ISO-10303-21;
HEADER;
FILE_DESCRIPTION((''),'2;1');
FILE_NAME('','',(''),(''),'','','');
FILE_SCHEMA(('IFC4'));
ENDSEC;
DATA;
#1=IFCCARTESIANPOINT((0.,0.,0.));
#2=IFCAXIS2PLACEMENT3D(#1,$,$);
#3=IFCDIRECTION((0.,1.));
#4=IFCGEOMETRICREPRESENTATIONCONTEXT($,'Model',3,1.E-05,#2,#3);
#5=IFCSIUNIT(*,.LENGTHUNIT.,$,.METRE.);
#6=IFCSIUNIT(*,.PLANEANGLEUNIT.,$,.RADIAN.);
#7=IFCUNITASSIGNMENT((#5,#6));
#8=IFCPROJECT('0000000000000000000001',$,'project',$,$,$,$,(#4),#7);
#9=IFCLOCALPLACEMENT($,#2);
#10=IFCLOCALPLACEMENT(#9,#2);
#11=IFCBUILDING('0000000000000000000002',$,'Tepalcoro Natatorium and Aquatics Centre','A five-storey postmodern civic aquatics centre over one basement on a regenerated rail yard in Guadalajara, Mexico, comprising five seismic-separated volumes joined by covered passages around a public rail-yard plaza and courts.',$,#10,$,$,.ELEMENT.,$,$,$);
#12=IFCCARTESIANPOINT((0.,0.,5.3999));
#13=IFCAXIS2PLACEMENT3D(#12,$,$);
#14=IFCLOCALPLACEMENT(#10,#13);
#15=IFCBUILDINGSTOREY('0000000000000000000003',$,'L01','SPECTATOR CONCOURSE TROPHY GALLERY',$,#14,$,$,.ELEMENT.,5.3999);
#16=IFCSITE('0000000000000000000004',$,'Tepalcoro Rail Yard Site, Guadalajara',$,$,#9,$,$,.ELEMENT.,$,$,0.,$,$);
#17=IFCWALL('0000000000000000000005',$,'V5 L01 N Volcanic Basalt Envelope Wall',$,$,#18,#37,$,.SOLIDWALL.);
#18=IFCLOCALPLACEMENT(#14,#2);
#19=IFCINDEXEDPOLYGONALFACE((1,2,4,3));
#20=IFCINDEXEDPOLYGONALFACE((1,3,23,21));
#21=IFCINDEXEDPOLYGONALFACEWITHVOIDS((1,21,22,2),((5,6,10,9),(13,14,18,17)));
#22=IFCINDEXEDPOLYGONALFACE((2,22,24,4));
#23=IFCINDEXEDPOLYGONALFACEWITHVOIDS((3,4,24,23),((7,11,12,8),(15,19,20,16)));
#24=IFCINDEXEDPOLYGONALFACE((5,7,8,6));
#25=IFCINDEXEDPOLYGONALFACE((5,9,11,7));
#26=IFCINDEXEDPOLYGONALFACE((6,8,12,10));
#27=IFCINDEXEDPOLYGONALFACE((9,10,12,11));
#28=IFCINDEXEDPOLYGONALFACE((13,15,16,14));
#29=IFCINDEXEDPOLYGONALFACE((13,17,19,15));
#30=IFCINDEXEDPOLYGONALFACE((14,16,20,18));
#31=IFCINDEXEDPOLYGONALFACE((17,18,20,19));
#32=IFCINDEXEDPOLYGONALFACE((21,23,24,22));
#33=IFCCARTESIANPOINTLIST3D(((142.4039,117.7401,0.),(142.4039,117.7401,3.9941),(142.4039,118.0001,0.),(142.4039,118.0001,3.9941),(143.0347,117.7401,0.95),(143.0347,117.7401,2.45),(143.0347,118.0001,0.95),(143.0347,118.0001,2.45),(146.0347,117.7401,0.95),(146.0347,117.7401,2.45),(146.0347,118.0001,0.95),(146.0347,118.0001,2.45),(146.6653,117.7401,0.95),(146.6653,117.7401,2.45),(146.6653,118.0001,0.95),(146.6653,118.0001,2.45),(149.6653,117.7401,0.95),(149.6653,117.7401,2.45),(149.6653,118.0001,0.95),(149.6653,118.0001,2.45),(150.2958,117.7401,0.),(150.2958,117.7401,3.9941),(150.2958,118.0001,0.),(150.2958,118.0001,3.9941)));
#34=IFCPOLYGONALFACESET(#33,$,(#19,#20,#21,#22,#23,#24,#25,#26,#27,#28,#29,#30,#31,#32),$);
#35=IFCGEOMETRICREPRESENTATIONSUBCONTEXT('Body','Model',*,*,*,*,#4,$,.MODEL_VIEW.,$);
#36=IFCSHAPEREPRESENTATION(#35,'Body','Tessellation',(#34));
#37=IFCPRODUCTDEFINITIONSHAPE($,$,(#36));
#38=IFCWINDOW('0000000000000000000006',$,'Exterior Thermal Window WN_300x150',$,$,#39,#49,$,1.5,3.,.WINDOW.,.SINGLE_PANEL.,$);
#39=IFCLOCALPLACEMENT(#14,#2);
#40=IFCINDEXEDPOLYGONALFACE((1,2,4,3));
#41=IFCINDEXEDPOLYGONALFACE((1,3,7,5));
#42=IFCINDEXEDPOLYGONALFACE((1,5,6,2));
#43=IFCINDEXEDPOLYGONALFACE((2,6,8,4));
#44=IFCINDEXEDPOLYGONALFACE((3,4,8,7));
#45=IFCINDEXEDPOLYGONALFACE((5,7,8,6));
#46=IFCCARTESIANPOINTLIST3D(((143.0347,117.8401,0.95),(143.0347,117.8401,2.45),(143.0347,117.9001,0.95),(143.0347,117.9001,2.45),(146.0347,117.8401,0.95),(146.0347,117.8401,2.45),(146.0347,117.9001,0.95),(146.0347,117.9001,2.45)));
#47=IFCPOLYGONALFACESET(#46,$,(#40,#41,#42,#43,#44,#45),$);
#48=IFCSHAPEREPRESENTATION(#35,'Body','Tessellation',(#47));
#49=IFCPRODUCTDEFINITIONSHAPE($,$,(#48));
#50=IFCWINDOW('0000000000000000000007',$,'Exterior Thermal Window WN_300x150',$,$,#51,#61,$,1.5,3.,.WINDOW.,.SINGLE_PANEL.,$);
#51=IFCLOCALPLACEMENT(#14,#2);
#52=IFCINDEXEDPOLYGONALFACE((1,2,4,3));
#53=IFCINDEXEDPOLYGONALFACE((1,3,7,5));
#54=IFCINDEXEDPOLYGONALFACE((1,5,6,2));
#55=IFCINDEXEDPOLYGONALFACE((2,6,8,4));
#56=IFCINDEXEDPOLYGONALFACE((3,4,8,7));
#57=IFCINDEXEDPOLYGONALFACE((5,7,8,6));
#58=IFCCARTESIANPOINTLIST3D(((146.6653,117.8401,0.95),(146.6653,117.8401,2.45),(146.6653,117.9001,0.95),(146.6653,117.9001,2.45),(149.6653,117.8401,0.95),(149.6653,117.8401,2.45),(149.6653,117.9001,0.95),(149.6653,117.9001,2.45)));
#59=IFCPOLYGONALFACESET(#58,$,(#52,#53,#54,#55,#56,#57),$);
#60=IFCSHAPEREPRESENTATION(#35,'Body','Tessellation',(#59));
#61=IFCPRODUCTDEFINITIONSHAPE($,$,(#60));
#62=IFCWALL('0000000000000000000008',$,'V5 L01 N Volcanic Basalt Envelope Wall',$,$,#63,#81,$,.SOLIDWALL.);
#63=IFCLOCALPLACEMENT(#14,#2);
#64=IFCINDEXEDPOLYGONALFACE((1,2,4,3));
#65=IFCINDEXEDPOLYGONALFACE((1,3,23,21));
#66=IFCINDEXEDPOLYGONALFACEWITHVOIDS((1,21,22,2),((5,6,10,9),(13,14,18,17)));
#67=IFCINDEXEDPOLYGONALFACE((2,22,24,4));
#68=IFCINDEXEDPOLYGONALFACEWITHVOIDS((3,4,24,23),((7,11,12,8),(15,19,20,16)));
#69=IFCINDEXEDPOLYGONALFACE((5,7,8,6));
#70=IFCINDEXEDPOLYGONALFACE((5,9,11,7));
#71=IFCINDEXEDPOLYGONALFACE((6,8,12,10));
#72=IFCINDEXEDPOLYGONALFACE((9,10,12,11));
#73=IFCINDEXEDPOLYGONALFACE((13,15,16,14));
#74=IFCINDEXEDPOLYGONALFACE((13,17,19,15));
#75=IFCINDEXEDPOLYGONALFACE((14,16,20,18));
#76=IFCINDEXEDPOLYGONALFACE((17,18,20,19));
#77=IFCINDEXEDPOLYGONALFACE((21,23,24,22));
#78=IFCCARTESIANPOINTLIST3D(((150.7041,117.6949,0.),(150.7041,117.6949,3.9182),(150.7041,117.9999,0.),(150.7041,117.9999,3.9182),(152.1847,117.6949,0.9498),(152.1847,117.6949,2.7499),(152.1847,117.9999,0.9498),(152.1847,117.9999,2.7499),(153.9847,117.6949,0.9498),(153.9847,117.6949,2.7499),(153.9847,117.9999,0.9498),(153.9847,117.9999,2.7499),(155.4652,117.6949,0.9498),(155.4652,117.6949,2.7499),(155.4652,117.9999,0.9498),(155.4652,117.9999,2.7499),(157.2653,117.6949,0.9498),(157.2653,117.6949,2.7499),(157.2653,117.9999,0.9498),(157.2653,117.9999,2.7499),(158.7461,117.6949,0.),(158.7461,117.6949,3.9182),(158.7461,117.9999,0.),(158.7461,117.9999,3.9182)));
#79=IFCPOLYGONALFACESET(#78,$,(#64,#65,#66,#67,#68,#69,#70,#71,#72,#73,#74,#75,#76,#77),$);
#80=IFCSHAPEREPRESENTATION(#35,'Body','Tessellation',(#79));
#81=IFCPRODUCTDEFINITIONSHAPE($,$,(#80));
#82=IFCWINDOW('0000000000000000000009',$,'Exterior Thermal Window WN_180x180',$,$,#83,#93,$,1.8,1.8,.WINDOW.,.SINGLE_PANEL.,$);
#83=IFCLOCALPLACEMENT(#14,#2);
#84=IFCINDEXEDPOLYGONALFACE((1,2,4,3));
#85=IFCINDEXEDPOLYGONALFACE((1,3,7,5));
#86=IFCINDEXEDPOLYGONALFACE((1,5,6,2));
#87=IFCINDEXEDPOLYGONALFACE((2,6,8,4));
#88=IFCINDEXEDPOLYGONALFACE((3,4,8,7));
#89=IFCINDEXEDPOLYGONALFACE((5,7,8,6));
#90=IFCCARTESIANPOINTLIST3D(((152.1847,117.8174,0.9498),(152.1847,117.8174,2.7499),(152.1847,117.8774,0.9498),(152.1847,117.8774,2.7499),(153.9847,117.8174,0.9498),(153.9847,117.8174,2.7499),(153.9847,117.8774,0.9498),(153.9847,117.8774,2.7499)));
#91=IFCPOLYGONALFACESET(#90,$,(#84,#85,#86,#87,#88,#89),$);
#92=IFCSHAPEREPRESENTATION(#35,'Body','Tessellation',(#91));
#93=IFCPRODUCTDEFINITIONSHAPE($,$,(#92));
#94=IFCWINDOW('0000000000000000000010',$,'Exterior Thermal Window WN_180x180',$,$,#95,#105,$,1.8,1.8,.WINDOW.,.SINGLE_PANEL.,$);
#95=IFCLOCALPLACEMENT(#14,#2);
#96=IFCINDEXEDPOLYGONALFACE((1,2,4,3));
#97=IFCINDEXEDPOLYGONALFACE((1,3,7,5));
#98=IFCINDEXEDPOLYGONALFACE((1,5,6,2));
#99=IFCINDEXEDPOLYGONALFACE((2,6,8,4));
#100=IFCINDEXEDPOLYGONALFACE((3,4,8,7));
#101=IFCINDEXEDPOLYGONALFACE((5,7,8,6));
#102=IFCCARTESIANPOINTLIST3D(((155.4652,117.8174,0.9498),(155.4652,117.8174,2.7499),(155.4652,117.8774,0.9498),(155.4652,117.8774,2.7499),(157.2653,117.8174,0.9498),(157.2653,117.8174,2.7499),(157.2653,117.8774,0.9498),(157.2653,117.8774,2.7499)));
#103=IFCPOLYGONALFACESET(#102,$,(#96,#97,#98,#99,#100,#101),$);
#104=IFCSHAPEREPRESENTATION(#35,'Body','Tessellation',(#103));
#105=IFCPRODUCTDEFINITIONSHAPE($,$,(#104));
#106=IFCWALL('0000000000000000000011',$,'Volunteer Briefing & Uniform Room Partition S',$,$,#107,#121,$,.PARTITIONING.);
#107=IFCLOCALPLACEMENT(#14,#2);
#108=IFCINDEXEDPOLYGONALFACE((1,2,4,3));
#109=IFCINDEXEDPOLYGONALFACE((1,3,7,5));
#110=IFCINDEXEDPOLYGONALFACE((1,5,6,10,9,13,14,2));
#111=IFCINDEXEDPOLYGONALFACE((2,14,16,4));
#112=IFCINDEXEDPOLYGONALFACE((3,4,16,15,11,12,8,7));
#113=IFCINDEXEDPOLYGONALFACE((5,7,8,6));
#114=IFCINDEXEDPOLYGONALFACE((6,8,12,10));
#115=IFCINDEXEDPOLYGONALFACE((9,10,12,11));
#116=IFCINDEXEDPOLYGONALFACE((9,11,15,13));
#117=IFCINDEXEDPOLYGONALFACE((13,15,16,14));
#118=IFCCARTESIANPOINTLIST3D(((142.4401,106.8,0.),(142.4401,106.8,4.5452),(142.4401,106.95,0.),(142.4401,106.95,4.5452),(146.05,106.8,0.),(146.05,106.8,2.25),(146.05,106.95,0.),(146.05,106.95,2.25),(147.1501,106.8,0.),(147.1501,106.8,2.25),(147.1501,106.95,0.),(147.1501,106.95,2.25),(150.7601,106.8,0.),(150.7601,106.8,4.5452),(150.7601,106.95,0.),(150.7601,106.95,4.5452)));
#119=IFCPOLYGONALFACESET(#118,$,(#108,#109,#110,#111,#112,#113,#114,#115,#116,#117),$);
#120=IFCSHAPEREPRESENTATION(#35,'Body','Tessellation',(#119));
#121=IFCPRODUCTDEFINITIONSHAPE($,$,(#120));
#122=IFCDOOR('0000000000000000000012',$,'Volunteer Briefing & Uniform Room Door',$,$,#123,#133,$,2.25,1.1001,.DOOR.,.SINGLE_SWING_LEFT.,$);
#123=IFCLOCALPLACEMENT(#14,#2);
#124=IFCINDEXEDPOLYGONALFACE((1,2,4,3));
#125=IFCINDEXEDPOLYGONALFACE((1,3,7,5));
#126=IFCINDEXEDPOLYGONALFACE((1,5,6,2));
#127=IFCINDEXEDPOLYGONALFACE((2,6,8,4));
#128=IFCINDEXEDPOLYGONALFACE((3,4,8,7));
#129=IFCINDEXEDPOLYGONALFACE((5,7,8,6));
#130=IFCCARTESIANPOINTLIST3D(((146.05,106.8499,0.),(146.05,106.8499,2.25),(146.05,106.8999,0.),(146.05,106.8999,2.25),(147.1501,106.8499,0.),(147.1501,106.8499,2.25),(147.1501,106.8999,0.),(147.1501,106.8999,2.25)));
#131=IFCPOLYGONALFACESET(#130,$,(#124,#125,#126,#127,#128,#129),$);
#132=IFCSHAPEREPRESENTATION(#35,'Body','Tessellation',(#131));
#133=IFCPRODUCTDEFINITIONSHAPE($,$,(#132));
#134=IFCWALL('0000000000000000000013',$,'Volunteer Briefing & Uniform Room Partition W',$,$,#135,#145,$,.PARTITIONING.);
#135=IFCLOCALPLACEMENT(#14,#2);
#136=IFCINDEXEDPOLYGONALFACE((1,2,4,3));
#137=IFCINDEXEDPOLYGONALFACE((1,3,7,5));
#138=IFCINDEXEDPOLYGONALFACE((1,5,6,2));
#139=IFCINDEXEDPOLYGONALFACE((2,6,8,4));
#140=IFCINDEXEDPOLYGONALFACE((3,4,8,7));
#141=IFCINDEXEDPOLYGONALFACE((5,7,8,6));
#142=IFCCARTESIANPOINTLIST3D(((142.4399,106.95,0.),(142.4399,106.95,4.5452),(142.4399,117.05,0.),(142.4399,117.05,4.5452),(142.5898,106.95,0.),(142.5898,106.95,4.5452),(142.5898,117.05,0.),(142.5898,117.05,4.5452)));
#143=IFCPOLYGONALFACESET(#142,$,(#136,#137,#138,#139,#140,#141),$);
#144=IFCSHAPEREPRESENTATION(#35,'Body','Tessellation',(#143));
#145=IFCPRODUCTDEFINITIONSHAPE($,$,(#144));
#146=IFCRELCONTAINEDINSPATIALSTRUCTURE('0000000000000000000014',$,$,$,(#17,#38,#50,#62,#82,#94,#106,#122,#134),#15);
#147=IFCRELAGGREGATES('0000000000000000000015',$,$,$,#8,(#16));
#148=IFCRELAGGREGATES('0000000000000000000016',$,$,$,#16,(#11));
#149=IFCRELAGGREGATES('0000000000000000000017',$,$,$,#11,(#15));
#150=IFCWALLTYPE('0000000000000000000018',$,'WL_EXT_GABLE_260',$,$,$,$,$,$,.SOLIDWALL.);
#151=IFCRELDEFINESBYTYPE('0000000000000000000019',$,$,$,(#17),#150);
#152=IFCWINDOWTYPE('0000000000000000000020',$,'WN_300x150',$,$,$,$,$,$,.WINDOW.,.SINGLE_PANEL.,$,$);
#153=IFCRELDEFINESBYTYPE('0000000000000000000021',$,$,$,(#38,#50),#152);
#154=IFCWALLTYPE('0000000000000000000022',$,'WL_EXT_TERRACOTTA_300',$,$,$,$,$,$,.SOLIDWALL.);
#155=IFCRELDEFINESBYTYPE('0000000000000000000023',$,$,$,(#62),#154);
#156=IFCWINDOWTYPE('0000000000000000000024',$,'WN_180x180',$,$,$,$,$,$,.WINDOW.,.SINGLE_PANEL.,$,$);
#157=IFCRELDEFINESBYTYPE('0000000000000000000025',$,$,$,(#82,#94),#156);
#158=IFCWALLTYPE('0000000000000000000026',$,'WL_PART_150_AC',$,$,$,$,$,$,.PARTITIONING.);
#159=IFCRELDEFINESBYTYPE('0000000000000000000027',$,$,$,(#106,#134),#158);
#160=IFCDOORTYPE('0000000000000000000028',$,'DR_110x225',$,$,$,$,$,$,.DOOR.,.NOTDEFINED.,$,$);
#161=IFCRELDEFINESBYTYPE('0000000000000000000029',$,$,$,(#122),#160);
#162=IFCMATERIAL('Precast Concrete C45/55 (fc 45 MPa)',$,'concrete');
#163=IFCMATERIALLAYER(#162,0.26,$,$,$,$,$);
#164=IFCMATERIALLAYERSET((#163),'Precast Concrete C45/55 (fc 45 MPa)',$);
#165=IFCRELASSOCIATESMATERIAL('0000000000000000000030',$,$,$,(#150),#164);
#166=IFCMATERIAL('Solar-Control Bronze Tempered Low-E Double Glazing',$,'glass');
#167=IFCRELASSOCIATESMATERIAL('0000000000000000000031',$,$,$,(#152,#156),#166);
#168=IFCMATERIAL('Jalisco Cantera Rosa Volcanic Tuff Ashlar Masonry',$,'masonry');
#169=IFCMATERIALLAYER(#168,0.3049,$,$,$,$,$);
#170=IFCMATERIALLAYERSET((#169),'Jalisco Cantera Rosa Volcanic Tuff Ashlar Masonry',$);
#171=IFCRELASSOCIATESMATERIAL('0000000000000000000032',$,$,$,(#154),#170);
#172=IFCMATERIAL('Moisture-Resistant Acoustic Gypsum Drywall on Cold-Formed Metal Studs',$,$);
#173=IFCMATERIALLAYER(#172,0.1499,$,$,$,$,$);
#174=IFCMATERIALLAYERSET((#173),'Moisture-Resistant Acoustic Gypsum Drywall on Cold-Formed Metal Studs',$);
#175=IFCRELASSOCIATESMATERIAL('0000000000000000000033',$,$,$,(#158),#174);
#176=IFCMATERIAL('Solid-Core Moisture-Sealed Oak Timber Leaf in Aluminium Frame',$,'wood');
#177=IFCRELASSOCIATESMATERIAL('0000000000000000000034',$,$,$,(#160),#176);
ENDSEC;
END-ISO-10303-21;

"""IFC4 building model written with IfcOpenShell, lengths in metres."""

from ifc_helpers import new_model, si_unit, direction, frame, frame_2d, origin, place, context, subcontext, project, spatial, rectangle, extrude, material, layer, layer_set, type_object, element, fill, save


model = new_model("IFC4")

# Units and contexts
model_context = context("Model", 3, precision=1e-05, world=origin(), true_north=direction((0.0, 1.0)))
body_context = subcontext(model_context, "Body", "Model", "MODEL_VIEW")
ifc_project = project(units=[si_unit("LENGTHUNIT", "METRE"), si_unit("PLANEANGLEUNIT", "RADIAN")], contexts=[model_context])

# Site, building, storey
site_placement = place(None, origin())
site = spatial("IfcSite", under=ifc_project, at=site_placement, Name="Tepalcoro Rail Yard Site, Guadalajara", CompositionType="ELEMENT", RefElevation=0.0)
building_placement = place(site_placement, origin())
building = spatial("IfcBuilding", under=site, at=building_placement, Name="Tepalcoro Natatorium and Aquatics Centre", Description="A five-storey postmodern civic aquatics centre over one basement on a regenerated rail yard in Guadalajara, Mexico, comprising five seismic-separated volumes joined by covered passages around a public rail-yard plaza and courts.", CompositionType="ELEMENT")
storey_placement = place(building_placement, frame((0.0, 0.0, 5.3999)))
storey = spatial("IfcBuildingStorey", under=building, at=storey_placement, Name="L01", Description="SPECTATOR CONCOURSE TROPHY GALLERY", CompositionType="ELEMENT", Elevation=5.3999)

# Walls, openings, windows
ifc_material_1 = material(Name="Precast Concrete C45/55 (fc 45 MPa)", Category="concrete")
ifc_layer_1 = layer(ifc_material_1, 0.26)
ifc_layer_set_1 = layer_set([ifc_layer_1], Name="Precast Concrete C45/55 (fc 45 MPa)")
wall_type_1 = type_object("IfcWallType", Name="WL_EXT_GABLE_260", PredefinedType="SOLIDWALL", material=ifc_layer_set_1)
wall_1_placement = place(storey_placement, frame((142.4041, 117.8701, 0.0), z_axis=(0.0, 0.0, 1.0), x_axis=(1.0, 0.0, 0.0)))
wall_1 = element("IfcWall", 1, at=wall_1_placement, inside=storey, type_object=wall_type_1, Name="V5 L01 N Volcanic Basalt Envelope Wall", PredefinedType="SOLIDWALL", context=body_context, shape_type="SweptSolid", body=[
    extrude(rectangle(XDim=7.8918, YDim=0.26, at=frame_2d((3.9458, 0.0))), origin(), (0.0, 0.0, 1.0), 3.9941),
])
opening_1_placement = place(wall_1_placement, frame((0.6306, 0.0, 0.95)))
opening_1 = element("IfcOpeningElement", 2, at=opening_1_placement, cuts=wall_1, PredefinedType="OPENING", context=body_context, shape_type="SweptSolid", body=[
    extrude(rectangle(XDim=3.0, YDim=1.5, at=frame_2d((1.5, 0.75))), frame((0.0, 0.1421, 0.0), z_axis=(0.0, -1.0, 0.0), x_axis=(1.0, 0.0, 0.0)), (0.0, 0.0, 1.0), 0.2839),
])
opening_2_placement = place(wall_1_placement, frame((4.2612, 0.0, 0.95)))
opening_2 = element("IfcOpeningElement", 3, at=opening_2_placement, cuts=wall_1, PredefinedType="OPENING", context=body_context, shape_type="SweptSolid", body=[
    extrude(rectangle(XDim=3.0, YDim=1.5, at=frame_2d((1.5, 0.75))), frame((0.0, 0.1421, 0.0), z_axis=(0.0, -1.0, 0.0), x_axis=(1.0, 0.0, 0.0)), (0.0, 0.0, 1.0), 0.2839),
])
ifc_material_2 = material(Name="Solar-Control Bronze Tempered Low-E Double Glazing", Category="glass")
window_type_1 = type_object("IfcWindowType", Name="WN_300x150", PartitioningType="SINGLE_PANEL", PredefinedType="WINDOW", material=ifc_material_2)
window_1_placement = place(opening_1_placement, origin())
window_1 = element("IfcWindow", 4, at=window_1_placement, inside=storey, type_object=window_type_1, Name="Exterior Thermal Window WN_300x150", OverallHeight=1.5, OverallWidth=3.0, PartitioningType="SINGLE_PANEL", PredefinedType="WINDOW", context=body_context, shape_type="SweptSolid", body=[
    extrude(rectangle(XDim=3.0, YDim=1.5, at=frame_2d((1.5, 0.75))), frame((0.0, 0.03, 0.0), z_axis=(0.0, -1.0, 0.0), x_axis=(1.0, 0.0, 0.0)), (0.0, 0.0, 1.0), 0.0601),
])
fill(opening_1, window_1)
window_2_placement = place(opening_2_placement, origin())
window_2 = element("IfcWindow", 5, at=window_2_placement, inside=storey, type_object=window_type_1, Name="Exterior Thermal Window WN_300x150", OverallHeight=1.5, OverallWidth=3.0, PartitioningType="SINGLE_PANEL", PredefinedType="WINDOW", context=body_context, shape_type="SweptSolid", body=[
    extrude(rectangle(XDim=3.0, YDim=1.5, at=frame_2d((1.5, 0.75))), frame((0.0, 0.03, 0.0), z_axis=(0.0, -1.0, 0.0), x_axis=(1.0, 0.0, 0.0)), (0.0, 0.0, 1.0), 0.0601),
])
fill(opening_2, window_2)
ifc_material_3 = material(Name="Jalisco Cantera Rosa Volcanic Tuff Ashlar Masonry", Category="masonry")
ifc_layer_2 = layer(ifc_material_3, 0.3049)
ifc_layer_set_2 = layer_set([ifc_layer_2], Name="Jalisco Cantera Rosa Volcanic Tuff Ashlar Masonry")
wall_type_2 = type_object("IfcWallType", Name="WL_EXT_TERRACOTTA_300", PredefinedType="SOLIDWALL", material=ifc_layer_set_2)
wall_2_placement = place(storey_placement, frame((150.7041, 117.8474, 0.0), z_axis=(0.0, 0.0, 1.0), x_axis=(1.0, 0.0, 0.0)))
wall_2 = element("IfcWall", 6, at=wall_2_placement, inside=storey, type_object=wall_type_2, Name="V5 L01 N Volcanic Basalt Envelope Wall", PredefinedType="SOLIDWALL", context=body_context, shape_type="SweptSolid", body=[
    extrude(rectangle(XDim=8.042, YDim=0.3049, at=frame_2d((4.021, 0.0))), origin(), (0.0, 0.0, 1.0), 3.9182),
])
opening_3_placement = place(wall_2_placement, frame((1.4807, 0.0, 0.95)))
opening_3 = element("IfcOpeningElement", 7, at=opening_3_placement, cuts=wall_2, PredefinedType="OPENING", context=body_context, shape_type="SweptSolid", body=[
    extrude(rectangle(XDim=1.8, YDim=1.8, at=frame_2d((0.8999, 0.8999))), frame((0.0, 0.1646, 0.0), z_axis=(0.0, -1.0, 0.0), x_axis=(1.0, 0.0, 0.0)), (0.0, 0.0, 1.0), 0.3289),
])
opening_4_placement = place(wall_2_placement, frame((4.7612, 0.0, 0.95)))
opening_4 = element("IfcOpeningElement", 8, at=opening_4_placement, cuts=wall_2, PredefinedType="OPENING", context=body_context, shape_type="SweptSolid", body=[
    extrude(rectangle(XDim=1.8, YDim=1.8, at=frame_2d((0.8999, 0.8999))), frame((0.0, 0.1646, 0.0), z_axis=(0.0, -1.0, 0.0), x_axis=(1.0, 0.0, 0.0)), (0.0, 0.0, 1.0), 0.3289),
])
window_type_2 = type_object("IfcWindowType", Name="WN_180x180", PartitioningType="SINGLE_PANEL", PredefinedType="WINDOW", material=ifc_material_2)
window_3_placement = place(opening_3_placement, origin())
window_3 = element("IfcWindow", 9, at=window_3_placement, inside=storey, type_object=window_type_2, Name="Exterior Thermal Window WN_180x180", OverallHeight=1.8, OverallWidth=1.8, PartitioningType="SINGLE_PANEL", PredefinedType="WINDOW", context=body_context, shape_type="SweptSolid", body=[
    extrude(rectangle(XDim=1.8, YDim=1.8, at=frame_2d((0.8999, 0.8999))), frame((0.0, 0.03, 0.0), z_axis=(0.0, -1.0, 0.0), x_axis=(1.0, 0.0, 0.0)), (0.0, 0.0, 1.0), 0.0601),
])
fill(opening_3, window_3)
window_4_placement = place(opening_4_placement, origin())
window_4 = element("IfcWindow", 10, at=window_4_placement, inside=storey, type_object=window_type_2, Name="Exterior Thermal Window WN_180x180", OverallHeight=1.8, OverallWidth=1.8, PartitioningType="SINGLE_PANEL", PredefinedType="WINDOW", context=body_context, shape_type="SweptSolid", body=[
    extrude(rectangle(XDim=1.8, YDim=1.8, at=frame_2d((0.8999, 0.8999))), frame((0.0, 0.03, 0.0), z_axis=(0.0, -1.0, 0.0), x_axis=(1.0, 0.0, 0.0)), (0.0, 0.0, 1.0), 0.0601),
])
fill(opening_4, window_4)

# Wall, opening, door
ifc_material_4 = material(Name="Moisture-Resistant Acoustic Gypsum Drywall on Cold-Formed Metal Studs")
ifc_layer_3 = layer(ifc_material_4, 0.1499)
ifc_layer_set_3 = layer_set([ifc_layer_3], Name="Moisture-Resistant Acoustic Gypsum Drywall on Cold-Formed Metal Studs")
wall_type_3 = type_object("IfcWallType", Name="WL_PART_150_AC", PredefinedType="PARTITIONING", material=ifc_layer_set_3)
wall_3_placement = place(storey_placement, frame((142.4399, 106.875, 0.0), z_axis=(0.0, 0.0, 1.0), x_axis=(1.0, 0.0, 0.0)))
wall_3 = element("IfcWall", 11, at=wall_3_placement, inside=storey, type_object=wall_type_3, Name="Volunteer Briefing & Uniform Room Partition S", PredefinedType="PARTITIONING", context=body_context, shape_type="SweptSolid", body=[
    extrude(rectangle(XDim=8.3201, YDim=0.1499, at=frame_2d((4.1602, 0.0))), origin(), (0.0, 0.0, 1.0), 4.5452),
])
opening_5_placement = place(wall_3_placement, frame((3.6101, 0.0, 0.0)))
opening_5 = element("IfcOpeningElement", 12, at=opening_5_placement, cuts=wall_3, PredefinedType="OPENING", context=body_context, shape_type="SweptSolid", body=[
    extrude(rectangle(XDim=1.1001, YDim=2.25, at=frame_2d((0.55, 1.125))), frame((0.0, 0.0869, 0.0), z_axis=(0.0, -1.0, 0.0), x_axis=(1.0, 0.0, 0.0)), (0.0, 0.0, 1.0), 0.1738),
])
ifc_material_5 = material(Name="Solid-Core Moisture-Sealed Oak Timber Leaf in Aluminium Frame", Category="wood")
door_type_1 = type_object("IfcDoorType", Name="DR_110x225", OperationType="NOTDEFINED", PredefinedType="DOOR", material=ifc_material_5)
door_1_placement = place(opening_5_placement, origin())
door_1 = element("IfcDoor", 13, at=door_1_placement, inside=storey, type_object=door_type_1, Name="Volunteer Briefing & Uniform Room Door", OperationType="SINGLE_SWING_LEFT", OverallHeight=2.25, OverallWidth=1.1001, PredefinedType="DOOR", context=body_context, shape_type="SweptSolid", body=[
    extrude(rectangle(XDim=1.1001, YDim=2.25, at=frame_2d((0.55, 1.125))), frame((0.0, 0.0249, 0.0), z_axis=(0.0, -1.0, 0.0), x_axis=(1.0, 0.0, 0.0)), (0.0, 0.0, 1.0), 0.05),
])
fill(opening_5, door_1)

# Wall
wall_4_placement = place(storey_placement, frame((142.5149, 106.95, 0.0), z_axis=(0.0, 0.0, 1.0), x_axis=(0.0, 1.0, 0.0)))
element("IfcWall", 14, at=wall_4_placement, inside=storey, type_object=wall_type_3, Name="Volunteer Briefing & Uniform Room Partition W", PredefinedType="PARTITIONING", context=body_context, shape_type="SweptSolid", body=[
    extrude(rectangle(XDim=10.1001, YDim=0.1499, at=frame_2d((5.05, 0.0))), origin(), (0.0, 0.0, 1.0), 4.5452),
])

save(model, "model.ifc")
